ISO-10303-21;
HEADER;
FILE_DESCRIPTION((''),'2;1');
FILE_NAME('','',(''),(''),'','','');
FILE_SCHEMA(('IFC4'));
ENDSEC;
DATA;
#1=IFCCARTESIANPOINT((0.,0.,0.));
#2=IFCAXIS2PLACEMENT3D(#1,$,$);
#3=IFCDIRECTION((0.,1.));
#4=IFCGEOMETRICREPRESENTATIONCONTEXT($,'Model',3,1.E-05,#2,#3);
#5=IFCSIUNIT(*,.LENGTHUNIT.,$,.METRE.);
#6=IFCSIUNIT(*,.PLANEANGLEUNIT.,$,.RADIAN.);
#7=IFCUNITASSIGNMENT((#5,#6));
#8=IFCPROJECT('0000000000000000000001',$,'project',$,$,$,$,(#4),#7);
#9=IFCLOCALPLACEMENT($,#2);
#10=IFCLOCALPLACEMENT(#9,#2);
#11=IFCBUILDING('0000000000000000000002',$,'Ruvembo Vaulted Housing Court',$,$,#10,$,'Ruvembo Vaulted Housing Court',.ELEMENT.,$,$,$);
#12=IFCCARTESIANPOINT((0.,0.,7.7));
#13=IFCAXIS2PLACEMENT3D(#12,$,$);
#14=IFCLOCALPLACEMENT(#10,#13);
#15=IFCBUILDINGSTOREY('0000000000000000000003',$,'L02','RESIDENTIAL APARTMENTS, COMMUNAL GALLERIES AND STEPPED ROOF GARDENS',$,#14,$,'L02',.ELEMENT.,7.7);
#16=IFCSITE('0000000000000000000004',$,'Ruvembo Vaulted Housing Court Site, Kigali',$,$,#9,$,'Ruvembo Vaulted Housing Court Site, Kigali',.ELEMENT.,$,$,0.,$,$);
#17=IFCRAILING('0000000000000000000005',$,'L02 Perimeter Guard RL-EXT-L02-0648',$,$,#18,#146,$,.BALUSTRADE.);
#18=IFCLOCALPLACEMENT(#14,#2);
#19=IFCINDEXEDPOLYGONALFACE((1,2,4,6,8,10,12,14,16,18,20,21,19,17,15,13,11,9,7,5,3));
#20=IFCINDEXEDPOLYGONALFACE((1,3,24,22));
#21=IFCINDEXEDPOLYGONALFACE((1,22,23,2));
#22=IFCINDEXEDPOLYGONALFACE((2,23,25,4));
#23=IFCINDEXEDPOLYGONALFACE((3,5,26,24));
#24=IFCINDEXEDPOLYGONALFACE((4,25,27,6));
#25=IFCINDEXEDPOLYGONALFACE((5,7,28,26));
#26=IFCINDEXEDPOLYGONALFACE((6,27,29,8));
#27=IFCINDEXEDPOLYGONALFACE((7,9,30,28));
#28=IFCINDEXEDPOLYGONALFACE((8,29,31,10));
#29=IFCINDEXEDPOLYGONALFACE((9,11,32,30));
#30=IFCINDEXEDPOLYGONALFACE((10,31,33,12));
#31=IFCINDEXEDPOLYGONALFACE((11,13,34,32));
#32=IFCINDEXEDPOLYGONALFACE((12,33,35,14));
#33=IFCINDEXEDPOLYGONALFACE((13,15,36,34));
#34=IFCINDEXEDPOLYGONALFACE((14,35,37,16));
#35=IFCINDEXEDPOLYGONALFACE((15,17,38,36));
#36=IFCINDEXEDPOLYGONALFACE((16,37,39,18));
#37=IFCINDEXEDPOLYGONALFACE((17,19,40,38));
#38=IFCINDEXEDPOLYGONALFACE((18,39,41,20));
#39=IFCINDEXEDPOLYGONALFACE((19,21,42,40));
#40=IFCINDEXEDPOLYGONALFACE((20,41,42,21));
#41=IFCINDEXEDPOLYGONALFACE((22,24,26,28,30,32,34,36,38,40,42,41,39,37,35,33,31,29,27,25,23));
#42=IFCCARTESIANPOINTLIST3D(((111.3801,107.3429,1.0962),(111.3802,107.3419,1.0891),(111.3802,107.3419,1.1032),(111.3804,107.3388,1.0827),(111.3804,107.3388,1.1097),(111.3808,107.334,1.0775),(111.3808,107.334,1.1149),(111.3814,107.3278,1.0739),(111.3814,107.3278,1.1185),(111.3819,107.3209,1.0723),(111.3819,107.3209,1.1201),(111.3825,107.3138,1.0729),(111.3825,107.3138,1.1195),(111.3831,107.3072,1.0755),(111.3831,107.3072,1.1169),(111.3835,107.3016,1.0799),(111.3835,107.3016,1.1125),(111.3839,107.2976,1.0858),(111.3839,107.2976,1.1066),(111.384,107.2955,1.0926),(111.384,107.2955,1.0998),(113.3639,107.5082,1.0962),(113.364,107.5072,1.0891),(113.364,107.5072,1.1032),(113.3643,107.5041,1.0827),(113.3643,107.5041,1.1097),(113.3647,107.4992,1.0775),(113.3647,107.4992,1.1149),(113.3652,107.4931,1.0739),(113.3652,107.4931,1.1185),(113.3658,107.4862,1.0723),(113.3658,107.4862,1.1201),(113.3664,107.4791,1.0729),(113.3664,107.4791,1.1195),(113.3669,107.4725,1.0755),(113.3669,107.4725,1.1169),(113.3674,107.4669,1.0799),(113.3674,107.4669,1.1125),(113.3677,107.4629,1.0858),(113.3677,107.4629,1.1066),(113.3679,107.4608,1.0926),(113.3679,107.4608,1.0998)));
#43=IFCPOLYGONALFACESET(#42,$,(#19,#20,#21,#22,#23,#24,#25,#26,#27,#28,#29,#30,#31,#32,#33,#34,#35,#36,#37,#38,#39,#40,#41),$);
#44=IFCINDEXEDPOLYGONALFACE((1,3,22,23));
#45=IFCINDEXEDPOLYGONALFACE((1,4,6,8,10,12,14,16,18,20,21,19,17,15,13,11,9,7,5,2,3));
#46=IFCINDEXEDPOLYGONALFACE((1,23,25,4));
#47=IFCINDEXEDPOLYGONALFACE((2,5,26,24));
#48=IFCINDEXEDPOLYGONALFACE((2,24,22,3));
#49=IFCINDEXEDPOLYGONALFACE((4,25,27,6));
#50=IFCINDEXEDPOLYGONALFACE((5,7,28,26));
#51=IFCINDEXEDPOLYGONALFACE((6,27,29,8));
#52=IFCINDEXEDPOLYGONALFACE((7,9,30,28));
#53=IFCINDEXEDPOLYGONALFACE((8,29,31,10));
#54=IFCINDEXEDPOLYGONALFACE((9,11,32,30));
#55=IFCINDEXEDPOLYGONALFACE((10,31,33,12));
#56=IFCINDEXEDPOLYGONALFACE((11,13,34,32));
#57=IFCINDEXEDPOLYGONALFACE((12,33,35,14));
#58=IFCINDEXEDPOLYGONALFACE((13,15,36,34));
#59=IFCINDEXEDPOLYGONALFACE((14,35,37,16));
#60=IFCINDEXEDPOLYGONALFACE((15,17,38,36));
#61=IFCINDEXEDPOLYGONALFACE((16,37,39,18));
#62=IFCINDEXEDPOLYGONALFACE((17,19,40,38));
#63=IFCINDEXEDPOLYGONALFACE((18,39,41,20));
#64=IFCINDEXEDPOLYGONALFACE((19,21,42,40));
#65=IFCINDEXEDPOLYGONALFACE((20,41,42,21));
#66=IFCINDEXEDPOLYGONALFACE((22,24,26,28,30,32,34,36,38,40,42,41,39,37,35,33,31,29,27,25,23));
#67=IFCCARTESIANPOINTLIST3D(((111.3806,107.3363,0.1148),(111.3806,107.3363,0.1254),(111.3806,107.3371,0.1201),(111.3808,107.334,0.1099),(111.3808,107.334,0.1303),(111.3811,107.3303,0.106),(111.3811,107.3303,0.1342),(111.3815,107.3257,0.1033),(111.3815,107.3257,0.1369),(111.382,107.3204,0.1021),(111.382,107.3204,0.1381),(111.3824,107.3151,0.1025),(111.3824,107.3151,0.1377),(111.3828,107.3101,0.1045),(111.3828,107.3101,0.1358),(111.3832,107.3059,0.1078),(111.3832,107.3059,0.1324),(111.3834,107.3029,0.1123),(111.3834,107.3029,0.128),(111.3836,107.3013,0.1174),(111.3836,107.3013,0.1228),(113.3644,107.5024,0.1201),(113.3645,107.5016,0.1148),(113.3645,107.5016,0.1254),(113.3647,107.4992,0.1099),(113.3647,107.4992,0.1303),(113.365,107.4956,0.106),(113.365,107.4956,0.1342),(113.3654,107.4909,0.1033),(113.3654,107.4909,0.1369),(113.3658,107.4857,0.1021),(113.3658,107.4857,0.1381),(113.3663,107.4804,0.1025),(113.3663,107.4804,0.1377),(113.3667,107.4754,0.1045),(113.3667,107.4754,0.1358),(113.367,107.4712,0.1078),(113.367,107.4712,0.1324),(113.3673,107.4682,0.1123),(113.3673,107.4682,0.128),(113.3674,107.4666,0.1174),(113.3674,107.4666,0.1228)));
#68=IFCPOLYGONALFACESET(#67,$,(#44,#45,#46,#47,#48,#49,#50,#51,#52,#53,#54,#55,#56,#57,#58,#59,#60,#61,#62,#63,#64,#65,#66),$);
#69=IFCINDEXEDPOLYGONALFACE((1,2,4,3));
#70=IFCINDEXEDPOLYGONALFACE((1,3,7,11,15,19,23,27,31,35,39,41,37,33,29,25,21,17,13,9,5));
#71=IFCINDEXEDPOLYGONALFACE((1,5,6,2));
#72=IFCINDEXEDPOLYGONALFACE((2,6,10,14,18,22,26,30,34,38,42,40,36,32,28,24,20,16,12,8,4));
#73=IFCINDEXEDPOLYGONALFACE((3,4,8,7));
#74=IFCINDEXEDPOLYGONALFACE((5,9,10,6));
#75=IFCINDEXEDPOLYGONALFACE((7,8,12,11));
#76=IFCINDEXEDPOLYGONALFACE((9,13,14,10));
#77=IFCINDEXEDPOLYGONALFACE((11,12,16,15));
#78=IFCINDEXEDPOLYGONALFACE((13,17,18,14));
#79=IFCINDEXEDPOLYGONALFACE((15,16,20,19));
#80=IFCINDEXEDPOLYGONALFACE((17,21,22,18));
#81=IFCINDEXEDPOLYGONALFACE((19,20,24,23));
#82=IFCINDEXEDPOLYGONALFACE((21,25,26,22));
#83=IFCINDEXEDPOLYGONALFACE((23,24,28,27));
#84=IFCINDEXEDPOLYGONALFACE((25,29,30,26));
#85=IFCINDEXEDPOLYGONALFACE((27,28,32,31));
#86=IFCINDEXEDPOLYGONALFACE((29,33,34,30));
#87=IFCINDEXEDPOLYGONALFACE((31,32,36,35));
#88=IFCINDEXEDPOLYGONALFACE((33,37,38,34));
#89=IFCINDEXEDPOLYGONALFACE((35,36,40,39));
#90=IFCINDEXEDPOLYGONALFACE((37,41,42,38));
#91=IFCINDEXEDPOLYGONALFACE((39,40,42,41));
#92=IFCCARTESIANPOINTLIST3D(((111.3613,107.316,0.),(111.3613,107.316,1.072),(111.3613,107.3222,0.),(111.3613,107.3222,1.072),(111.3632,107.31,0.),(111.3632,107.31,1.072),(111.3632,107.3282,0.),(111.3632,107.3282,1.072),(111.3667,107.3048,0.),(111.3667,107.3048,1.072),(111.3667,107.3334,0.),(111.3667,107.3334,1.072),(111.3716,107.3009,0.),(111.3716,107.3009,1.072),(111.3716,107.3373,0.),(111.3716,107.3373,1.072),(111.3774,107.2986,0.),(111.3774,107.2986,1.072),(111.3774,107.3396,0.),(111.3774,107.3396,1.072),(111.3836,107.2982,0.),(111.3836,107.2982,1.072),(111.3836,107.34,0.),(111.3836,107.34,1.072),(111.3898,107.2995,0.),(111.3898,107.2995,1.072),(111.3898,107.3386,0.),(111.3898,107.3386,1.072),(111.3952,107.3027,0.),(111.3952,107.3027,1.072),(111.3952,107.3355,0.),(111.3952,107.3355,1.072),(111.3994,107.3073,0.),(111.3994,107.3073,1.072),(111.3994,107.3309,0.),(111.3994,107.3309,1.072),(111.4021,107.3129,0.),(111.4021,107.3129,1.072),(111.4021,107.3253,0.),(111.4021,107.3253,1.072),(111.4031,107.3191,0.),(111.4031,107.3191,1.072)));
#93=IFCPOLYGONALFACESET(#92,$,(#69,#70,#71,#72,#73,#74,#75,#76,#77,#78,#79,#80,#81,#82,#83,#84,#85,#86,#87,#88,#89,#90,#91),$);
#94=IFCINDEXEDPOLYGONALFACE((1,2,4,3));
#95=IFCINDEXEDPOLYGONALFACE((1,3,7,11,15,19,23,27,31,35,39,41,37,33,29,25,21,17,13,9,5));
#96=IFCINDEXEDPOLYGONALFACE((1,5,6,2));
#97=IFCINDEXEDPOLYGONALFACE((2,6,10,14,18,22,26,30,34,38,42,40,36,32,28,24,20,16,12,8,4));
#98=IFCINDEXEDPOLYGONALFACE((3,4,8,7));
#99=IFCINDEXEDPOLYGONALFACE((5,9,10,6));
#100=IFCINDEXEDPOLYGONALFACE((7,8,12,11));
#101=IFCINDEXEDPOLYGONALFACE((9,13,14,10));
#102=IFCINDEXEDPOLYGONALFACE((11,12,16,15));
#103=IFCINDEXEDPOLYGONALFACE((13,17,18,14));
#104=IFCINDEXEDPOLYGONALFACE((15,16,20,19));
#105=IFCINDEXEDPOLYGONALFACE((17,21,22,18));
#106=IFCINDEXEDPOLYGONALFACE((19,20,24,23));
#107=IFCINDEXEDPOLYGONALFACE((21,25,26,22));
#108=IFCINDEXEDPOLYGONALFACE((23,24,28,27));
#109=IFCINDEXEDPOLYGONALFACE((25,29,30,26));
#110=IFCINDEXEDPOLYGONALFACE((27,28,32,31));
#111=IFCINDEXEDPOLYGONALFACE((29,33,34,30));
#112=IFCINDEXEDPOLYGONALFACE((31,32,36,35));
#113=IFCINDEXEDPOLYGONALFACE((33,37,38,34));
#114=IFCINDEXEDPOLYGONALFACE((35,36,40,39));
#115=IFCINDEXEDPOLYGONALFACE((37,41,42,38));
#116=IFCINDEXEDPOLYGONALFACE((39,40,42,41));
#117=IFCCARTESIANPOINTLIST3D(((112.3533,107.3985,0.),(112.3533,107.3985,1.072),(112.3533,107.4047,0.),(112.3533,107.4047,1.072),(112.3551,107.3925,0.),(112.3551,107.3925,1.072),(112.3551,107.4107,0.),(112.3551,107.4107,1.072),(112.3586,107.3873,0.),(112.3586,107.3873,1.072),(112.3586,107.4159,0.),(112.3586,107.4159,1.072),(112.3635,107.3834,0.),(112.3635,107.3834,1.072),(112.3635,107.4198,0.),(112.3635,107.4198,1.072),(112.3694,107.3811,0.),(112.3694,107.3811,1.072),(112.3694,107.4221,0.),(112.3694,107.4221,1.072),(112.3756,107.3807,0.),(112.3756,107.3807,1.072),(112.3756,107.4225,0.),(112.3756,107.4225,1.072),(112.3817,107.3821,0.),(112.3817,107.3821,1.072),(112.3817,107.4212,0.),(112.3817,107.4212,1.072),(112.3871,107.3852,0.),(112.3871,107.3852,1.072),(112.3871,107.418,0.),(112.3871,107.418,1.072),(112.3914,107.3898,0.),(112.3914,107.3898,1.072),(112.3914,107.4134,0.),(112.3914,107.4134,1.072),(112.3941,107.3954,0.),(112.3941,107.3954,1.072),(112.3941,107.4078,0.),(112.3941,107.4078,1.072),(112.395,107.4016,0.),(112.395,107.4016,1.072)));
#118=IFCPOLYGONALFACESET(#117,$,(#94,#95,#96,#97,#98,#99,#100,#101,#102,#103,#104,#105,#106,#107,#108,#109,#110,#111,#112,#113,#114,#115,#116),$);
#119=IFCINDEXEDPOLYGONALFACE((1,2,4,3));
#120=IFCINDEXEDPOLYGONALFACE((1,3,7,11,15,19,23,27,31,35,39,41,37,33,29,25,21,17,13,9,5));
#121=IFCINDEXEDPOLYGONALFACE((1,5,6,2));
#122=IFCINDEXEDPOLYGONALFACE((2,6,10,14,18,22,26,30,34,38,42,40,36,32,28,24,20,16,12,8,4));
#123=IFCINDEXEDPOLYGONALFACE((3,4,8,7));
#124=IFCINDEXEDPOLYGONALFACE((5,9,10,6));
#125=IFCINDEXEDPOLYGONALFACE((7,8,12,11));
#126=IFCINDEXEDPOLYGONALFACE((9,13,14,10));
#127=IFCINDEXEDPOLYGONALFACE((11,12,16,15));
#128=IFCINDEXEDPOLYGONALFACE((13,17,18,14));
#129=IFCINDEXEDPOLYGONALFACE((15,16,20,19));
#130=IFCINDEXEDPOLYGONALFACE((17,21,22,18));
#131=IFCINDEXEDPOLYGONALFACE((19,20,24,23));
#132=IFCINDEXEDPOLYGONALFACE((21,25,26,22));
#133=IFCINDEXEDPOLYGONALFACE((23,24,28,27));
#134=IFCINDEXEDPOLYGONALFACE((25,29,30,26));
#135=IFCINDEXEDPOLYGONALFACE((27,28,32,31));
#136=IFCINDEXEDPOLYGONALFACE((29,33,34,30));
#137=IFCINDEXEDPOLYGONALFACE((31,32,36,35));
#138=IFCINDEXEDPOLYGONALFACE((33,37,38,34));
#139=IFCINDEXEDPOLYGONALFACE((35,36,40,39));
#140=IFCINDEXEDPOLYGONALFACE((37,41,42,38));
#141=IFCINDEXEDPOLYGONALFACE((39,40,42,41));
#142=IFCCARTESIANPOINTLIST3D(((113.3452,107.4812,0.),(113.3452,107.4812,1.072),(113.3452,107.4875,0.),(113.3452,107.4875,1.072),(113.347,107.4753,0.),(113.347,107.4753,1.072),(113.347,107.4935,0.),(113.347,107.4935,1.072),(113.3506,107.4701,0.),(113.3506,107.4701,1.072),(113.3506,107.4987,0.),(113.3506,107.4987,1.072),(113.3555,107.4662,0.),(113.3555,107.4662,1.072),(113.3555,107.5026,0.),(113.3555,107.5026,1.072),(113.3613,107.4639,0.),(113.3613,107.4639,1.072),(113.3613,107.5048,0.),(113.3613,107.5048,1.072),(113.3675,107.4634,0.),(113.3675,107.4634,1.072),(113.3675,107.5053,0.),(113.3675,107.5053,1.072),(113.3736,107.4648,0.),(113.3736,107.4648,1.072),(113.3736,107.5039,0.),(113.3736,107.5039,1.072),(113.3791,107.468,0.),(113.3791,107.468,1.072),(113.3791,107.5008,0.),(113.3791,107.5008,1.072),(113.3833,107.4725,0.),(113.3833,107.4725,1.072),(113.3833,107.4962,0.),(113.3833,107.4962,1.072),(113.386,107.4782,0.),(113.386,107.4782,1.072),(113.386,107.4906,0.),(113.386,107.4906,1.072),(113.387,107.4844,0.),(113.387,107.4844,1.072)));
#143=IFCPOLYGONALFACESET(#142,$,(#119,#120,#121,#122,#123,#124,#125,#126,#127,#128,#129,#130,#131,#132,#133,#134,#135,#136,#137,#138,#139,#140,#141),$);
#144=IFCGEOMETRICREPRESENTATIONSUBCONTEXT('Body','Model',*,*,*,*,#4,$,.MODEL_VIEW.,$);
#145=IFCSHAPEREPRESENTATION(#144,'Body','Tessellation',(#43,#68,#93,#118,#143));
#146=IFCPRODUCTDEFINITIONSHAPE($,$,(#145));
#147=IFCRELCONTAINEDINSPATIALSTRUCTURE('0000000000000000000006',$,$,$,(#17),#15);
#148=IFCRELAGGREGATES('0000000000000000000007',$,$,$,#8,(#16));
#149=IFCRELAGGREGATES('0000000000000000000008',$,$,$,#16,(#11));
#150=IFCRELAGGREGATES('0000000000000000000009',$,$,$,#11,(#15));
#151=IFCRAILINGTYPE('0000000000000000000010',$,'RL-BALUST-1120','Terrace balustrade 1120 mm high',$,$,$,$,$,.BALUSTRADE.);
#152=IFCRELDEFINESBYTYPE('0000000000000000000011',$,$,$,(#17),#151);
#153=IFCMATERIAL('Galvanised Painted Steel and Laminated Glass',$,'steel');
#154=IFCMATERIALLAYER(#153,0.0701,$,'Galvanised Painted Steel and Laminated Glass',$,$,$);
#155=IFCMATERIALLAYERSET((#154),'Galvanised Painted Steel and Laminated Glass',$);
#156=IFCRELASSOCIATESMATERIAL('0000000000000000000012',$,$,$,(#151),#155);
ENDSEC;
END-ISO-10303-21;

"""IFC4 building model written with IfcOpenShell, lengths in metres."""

from ifc_helpers import new_model, si_unit, direction, frame, origin, origin_2d, place, context, subcontext, project, spatial, circle, extrude, material, layer, layer_set, type_object, element, save


model = new_model("IFC4")

# Units and contexts
model_context = context("Model", 3, precision=1e-05, world=origin(), true_north=direction((0.0, 1.0)))
body_context = subcontext(model_context, "Body", "Model", "MODEL_VIEW")
ifc_project = project(units=[si_unit("LENGTHUNIT", "METRE"), si_unit("PLANEANGLEUNIT", "RADIAN")], contexts=[model_context])

# Site, building, storey
site_placement = place(None, origin())
site = spatial("IfcSite", under=ifc_project, at=site_placement, Name="Ruvembo Vaulted Housing Court Site, Kigali", LongName="Ruvembo Vaulted Housing Court Site, Kigali", CompositionType="ELEMENT", RefElevation=0.0)
building_placement = place(site_placement, origin())
building = spatial("IfcBuilding", under=site, at=building_placement, Name="Ruvembo Vaulted Housing Court", LongName="Ruvembo Vaulted Housing Court", CompositionType="ELEMENT")
storey_placement = place(building_placement, frame((0.0, 0.0, 7.7)))
storey = spatial("IfcBuildingStorey", under=building, at=storey_placement, Name="L02", Description="RESIDENTIAL APARTMENTS, COMMUNAL GALLERIES AND STEPPED ROOF GARDENS", LongName="L02", CompositionType="ELEMENT", Elevation=7.7)

# Railing
ifc_material_1 = material(Name="Galvanised Painted Steel and Laminated Glass", Category="steel")
ifc_layer_1 = layer(ifc_material_1, 0.0701, Name="Galvanised Painted Steel and Laminated Glass")
ifc_layer_set_1 = layer_set([ifc_layer_1], Name="Galvanised Painted Steel and Laminated Glass")
railing_type = type_object("IfcRailingType", Name="RL-BALUST-1120", Description="Terrace balustrade 1120 mm high", PredefinedType="BALUSTRADE", material=ifc_layer_set_1)
railing_1_placement = place(storey_placement, frame((111.3821, 107.3191, 0.0)))
element("IfcRailing", 1, at=railing_1_placement, inside=storey, type_object=railing_type, Name="L02 Perimeter Guard RL-EXT-L02-0648", PredefinedType="BALUSTRADE", context=body_context, shape_type="SweptSolid", body=[
    extrude(circle(Radius=0.0239, at=origin_2d()), frame((0.0, 0.0, 1.0962), z_axis=(0.996547, 0.083025, 0.0), x_axis=(-0.083025, 0.996547, 0.0)), (0.0, 0.0, 1.0), 1.9907),
    extrude(circle(Radius=0.0181, at=origin_2d()), frame((0.0, 0.0, 0.1201), z_axis=(0.996547, 0.083025, 0.0), x_axis=(-0.083025, 0.996547, 0.0)), (0.0, 0.0, 1.0), 1.9907),
    extrude(circle(Radius=0.021, at=origin_2d()), origin(), (0.0, 0.0, 1.0), 1.072),
    extrude(circle(Radius=0.021, at=origin_2d()), frame((0.9919, 0.0825, 0.0)), (0.0, 0.0, 1.0), 1.072),
    extrude(circle(Radius=0.021, at=origin_2d()), frame((1.9839, 0.1653, 0.0)), (0.0, 0.0, 1.0), 1.072),
])

save(model, "model.ifc")
